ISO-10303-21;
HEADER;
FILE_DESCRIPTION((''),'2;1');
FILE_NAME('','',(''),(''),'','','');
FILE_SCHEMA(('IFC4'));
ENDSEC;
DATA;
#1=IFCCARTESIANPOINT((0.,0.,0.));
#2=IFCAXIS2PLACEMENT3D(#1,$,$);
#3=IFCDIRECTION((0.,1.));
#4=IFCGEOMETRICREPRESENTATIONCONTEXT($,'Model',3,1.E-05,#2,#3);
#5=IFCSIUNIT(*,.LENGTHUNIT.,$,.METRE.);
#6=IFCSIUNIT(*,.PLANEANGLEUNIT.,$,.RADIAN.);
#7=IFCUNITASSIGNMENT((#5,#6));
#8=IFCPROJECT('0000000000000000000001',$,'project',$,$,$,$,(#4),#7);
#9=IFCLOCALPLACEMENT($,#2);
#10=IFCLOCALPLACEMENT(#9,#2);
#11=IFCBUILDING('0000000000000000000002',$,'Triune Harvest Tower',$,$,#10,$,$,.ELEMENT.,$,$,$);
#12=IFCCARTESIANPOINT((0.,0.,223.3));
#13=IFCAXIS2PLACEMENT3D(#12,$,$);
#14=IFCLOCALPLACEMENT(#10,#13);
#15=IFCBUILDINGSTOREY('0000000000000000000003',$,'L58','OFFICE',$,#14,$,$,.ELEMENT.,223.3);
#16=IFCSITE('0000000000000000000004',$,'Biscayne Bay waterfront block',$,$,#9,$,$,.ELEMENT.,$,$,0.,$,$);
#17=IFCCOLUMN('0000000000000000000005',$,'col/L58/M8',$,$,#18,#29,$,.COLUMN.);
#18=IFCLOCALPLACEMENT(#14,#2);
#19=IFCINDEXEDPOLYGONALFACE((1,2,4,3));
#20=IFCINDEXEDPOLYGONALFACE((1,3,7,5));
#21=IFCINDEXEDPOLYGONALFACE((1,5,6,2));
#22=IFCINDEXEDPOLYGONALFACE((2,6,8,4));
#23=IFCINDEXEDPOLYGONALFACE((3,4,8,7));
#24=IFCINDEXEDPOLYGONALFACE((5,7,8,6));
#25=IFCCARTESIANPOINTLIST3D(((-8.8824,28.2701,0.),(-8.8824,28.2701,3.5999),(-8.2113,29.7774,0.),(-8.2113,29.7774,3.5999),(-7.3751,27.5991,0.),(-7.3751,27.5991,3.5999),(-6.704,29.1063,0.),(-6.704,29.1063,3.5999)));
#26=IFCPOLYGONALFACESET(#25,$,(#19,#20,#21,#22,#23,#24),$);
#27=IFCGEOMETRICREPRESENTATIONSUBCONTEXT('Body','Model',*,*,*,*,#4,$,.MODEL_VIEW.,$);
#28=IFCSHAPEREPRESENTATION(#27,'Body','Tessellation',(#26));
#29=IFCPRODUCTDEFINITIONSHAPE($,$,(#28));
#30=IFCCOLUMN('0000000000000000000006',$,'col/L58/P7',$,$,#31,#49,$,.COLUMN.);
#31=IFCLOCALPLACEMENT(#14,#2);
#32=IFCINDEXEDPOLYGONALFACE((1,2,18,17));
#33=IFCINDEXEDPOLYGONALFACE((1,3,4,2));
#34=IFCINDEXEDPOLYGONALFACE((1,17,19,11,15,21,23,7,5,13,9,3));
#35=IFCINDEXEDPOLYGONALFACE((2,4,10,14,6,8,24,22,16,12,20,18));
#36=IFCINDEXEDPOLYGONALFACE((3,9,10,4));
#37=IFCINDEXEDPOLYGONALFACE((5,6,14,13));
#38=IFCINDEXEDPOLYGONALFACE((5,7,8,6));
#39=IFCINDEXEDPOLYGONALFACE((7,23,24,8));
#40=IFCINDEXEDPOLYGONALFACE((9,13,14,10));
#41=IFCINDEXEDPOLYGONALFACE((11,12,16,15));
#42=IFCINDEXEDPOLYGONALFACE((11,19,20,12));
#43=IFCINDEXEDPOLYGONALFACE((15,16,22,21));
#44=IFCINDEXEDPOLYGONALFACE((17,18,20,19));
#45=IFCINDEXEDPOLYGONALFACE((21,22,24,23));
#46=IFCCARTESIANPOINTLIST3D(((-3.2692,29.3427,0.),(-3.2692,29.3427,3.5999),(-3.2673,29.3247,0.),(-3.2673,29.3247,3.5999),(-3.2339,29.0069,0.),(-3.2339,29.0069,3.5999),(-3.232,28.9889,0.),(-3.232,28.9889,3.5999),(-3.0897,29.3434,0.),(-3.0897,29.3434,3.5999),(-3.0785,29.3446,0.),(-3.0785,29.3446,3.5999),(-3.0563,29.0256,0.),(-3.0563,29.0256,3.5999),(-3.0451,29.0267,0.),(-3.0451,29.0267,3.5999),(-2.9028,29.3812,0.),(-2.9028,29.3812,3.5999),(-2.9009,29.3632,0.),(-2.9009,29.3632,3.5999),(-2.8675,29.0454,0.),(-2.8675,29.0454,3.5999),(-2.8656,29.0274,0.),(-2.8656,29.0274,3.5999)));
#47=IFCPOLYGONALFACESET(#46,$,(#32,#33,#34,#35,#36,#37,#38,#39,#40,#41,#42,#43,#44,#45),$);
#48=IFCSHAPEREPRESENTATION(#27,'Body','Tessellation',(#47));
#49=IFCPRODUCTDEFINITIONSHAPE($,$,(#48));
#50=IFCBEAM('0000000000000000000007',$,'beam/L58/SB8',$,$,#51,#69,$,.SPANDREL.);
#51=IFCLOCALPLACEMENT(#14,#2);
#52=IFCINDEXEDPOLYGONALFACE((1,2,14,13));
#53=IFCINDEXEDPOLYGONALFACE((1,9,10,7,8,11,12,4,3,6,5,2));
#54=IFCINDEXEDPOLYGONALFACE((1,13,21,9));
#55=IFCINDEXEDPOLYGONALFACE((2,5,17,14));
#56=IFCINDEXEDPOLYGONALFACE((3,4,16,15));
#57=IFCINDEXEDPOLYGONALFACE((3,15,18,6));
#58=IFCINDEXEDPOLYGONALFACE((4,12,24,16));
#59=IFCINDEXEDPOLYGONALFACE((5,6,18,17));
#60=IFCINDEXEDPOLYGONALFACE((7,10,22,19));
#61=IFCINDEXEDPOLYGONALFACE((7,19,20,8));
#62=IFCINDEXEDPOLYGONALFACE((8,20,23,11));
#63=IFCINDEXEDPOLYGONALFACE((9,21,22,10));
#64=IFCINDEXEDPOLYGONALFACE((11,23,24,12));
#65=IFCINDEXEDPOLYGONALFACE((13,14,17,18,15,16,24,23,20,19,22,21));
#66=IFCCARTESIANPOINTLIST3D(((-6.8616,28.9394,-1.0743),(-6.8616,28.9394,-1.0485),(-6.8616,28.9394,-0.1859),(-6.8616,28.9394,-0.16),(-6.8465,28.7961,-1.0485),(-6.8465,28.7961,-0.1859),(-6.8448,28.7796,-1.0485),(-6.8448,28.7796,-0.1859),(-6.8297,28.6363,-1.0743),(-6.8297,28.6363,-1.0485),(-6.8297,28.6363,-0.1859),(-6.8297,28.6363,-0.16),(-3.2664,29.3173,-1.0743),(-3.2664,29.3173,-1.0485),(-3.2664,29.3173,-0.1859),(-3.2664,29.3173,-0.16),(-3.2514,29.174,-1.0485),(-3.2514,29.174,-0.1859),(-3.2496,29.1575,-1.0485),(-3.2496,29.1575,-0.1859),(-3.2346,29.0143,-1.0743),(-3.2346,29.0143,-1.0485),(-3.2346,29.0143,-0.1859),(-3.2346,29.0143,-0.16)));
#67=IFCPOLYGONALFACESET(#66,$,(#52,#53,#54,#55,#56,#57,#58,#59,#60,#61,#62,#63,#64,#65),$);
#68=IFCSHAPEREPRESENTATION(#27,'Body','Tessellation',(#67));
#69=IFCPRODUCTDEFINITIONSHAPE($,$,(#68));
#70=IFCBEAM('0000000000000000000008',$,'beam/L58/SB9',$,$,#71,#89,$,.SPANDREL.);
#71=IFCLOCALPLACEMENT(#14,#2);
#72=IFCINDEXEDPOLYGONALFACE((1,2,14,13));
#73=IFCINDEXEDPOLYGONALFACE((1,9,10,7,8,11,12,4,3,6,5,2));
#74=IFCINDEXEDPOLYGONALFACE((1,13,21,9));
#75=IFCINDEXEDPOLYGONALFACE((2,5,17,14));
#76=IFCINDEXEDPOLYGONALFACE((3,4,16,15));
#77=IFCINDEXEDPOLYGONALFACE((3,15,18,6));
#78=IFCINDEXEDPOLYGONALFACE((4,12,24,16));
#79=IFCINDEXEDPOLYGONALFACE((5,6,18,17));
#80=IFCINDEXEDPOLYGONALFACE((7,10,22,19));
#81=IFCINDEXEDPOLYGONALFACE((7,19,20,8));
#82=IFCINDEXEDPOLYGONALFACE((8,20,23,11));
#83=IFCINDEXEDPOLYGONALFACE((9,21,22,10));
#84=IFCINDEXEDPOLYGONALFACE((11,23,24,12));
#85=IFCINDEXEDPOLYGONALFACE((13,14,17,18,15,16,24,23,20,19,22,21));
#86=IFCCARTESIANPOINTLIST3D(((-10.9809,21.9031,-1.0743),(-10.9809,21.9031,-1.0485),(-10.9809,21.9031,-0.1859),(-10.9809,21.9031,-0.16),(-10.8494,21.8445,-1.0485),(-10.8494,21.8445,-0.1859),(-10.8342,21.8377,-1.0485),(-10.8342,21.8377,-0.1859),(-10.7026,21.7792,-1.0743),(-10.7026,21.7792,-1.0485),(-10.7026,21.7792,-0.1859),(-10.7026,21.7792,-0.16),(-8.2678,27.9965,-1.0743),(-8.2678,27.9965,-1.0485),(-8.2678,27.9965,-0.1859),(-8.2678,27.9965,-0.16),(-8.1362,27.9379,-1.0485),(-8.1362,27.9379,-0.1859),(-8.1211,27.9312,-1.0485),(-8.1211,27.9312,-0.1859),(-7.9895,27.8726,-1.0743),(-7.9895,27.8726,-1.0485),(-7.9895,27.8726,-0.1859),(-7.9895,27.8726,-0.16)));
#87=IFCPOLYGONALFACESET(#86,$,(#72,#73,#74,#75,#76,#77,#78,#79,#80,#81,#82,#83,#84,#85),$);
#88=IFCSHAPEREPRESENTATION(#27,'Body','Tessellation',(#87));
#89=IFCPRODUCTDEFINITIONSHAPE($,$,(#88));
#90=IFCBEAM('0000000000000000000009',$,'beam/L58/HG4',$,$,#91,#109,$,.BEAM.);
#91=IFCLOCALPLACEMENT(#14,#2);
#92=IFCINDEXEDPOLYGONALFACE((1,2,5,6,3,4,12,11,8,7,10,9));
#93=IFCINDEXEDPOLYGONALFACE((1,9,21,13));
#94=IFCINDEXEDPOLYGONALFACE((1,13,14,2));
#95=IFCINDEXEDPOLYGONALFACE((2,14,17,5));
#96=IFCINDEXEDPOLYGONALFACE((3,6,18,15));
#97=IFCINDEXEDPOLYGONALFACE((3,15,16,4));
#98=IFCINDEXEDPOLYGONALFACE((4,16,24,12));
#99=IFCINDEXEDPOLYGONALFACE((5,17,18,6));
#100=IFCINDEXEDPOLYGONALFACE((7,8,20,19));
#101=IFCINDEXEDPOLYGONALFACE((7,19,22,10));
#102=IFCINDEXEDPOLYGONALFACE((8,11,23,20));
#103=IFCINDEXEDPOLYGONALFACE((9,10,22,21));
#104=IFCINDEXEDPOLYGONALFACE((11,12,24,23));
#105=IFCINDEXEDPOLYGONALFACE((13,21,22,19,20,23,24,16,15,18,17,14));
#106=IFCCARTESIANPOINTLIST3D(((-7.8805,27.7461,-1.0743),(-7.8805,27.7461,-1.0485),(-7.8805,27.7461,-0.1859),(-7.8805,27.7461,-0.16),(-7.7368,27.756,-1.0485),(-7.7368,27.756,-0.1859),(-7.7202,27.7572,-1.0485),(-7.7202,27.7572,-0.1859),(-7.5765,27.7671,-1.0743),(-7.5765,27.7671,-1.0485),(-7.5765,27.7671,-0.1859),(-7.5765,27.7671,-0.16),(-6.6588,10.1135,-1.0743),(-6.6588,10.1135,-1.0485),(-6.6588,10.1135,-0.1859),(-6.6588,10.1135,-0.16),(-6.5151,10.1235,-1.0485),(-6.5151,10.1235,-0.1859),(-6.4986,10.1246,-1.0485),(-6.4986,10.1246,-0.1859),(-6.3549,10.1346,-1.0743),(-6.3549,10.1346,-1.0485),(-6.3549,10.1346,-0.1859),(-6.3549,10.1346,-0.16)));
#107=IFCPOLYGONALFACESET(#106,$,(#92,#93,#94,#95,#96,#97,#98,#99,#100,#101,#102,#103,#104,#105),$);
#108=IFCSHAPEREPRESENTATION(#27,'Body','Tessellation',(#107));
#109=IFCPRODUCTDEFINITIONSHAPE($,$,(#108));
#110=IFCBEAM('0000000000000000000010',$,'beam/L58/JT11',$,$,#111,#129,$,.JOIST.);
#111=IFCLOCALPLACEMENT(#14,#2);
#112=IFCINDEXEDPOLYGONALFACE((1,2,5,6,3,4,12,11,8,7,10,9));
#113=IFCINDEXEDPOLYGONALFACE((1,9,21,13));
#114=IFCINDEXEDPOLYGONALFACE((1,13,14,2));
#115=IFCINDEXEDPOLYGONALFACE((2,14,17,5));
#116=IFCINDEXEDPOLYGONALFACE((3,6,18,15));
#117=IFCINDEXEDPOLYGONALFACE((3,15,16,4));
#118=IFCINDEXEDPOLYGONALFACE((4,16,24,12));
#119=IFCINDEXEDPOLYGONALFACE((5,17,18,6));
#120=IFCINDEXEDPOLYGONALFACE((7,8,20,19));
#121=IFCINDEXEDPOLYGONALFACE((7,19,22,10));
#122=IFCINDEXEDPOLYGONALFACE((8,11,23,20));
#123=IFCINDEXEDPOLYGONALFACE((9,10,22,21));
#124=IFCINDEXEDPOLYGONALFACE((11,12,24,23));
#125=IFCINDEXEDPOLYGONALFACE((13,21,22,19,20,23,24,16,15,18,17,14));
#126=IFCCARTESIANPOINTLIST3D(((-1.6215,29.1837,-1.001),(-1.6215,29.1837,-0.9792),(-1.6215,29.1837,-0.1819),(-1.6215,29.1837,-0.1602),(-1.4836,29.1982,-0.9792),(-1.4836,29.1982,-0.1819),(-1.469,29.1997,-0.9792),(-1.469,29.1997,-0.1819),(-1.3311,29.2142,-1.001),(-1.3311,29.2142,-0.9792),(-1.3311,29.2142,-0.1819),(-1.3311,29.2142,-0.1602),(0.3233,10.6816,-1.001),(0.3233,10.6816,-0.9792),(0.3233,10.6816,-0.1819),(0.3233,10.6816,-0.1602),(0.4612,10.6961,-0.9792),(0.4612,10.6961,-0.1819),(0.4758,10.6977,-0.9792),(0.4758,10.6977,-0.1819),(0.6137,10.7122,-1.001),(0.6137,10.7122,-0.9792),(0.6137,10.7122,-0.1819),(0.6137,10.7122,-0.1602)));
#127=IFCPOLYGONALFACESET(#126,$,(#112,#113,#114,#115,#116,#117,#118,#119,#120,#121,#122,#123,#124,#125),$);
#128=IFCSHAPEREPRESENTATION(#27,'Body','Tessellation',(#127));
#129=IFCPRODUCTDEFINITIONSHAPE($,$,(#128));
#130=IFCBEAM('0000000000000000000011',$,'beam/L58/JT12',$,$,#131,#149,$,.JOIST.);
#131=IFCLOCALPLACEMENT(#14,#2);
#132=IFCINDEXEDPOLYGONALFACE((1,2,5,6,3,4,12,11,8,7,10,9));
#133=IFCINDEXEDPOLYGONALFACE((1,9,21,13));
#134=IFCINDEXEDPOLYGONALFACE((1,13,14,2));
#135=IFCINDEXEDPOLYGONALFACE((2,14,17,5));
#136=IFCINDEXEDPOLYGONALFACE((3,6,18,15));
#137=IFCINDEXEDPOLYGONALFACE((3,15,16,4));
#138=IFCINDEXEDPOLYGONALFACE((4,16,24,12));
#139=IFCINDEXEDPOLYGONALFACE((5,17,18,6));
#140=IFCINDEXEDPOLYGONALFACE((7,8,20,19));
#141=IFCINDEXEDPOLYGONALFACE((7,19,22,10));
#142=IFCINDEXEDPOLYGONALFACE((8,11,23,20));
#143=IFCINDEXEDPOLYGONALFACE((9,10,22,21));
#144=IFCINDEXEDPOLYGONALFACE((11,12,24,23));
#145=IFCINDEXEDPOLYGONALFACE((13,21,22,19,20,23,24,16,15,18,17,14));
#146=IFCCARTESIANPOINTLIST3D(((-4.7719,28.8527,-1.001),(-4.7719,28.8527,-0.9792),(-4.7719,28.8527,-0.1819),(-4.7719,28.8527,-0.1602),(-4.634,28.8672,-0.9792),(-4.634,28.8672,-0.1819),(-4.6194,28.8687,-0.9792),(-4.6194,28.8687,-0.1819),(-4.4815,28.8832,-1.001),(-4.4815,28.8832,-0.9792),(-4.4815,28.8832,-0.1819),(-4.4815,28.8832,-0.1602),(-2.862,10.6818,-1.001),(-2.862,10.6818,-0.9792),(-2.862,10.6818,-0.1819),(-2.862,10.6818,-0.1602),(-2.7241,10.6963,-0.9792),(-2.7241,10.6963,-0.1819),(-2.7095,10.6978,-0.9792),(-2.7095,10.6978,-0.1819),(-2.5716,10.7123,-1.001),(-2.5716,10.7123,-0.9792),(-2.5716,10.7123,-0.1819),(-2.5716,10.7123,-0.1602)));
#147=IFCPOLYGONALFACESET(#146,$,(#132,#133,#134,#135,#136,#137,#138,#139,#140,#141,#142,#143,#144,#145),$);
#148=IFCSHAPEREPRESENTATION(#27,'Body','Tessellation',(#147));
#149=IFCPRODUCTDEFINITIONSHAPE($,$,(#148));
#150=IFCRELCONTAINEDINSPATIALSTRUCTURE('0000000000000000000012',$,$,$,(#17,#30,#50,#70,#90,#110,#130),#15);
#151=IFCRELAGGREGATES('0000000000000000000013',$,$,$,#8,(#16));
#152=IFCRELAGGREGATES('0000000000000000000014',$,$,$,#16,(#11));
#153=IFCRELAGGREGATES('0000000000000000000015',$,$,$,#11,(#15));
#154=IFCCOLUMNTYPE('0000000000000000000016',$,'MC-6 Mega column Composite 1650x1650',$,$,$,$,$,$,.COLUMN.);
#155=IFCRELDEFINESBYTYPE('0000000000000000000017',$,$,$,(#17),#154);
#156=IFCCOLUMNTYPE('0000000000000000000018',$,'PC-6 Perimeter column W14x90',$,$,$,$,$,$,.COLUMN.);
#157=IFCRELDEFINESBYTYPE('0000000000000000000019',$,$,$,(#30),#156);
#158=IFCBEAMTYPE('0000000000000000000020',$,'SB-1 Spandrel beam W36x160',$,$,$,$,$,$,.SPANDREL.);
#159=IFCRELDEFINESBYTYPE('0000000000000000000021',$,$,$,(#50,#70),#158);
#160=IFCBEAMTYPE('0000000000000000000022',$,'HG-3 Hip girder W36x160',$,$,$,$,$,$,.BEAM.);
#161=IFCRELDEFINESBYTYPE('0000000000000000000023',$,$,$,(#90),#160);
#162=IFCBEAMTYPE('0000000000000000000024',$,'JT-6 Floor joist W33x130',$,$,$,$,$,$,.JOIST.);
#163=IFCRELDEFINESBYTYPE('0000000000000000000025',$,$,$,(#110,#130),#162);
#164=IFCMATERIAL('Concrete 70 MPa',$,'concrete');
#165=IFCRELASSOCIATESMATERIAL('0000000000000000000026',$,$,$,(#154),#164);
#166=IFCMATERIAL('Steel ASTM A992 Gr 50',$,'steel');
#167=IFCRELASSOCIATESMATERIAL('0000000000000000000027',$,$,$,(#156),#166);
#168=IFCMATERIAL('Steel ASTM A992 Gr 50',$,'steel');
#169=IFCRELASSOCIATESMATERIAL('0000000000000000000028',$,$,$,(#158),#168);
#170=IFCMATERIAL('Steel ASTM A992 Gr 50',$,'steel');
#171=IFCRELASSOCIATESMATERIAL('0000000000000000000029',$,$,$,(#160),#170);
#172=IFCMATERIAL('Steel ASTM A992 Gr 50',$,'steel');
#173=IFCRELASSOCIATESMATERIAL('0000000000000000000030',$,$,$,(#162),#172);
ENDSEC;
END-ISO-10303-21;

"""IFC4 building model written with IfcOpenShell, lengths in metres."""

from ifc_helpers import new_model, si_unit, direction, frame, origin, origin_2d, place, context, subcontext, project, spatial, rectangle, i_section, extrude, source, transform, mapped, material, material_profile, profile_set, type_object, element, save


model = new_model("IFC4")

# Units and contexts
model_context = context("Model", 3, precision=1e-05, world=origin(), true_north=direction((0.0, 1.0)))
body_context = subcontext(model_context, "Body", "Model", "MODEL_VIEW")
ifc_project = project(units=[si_unit("LENGTHUNIT", "METRE"), si_unit("PLANEANGLEUNIT", "RADIAN")], contexts=[model_context])

# Site, building, storey
site_placement = place(None, origin())
site = spatial("IfcSite", under=ifc_project, at=site_placement, Name="Biscayne Bay waterfront block", CompositionType="ELEMENT", RefElevation=0.0)
building_placement = place(site_placement, origin())
building = spatial("IfcBuilding", under=site, at=building_placement, Name="Triune Harvest Tower", CompositionType="ELEMENT")
storey_placement = place(building_placement, frame((0.0, 0.0, 223.3)))
storey = spatial("IfcBuildingStorey", under=building, at=storey_placement, Name="L58", Description="OFFICE", CompositionType="ELEMENT", Elevation=223.3)

# Columns
ifc_material_1 = material(Name="Concrete 70 MPa", Category="concrete")
ifc_material_profile_1 = material_profile(ifc_material_1, rectangle(XDim=1.6499, YDim=1.6499, at=origin_2d()), Name="Composite 1650x1650")
ifc_profile_set_1 = profile_set([ifc_material_profile_1], Name="Concrete 70 MPa")
column_type_1 = type_object("IfcColumnType", Name="MC-6 Mega column Composite 1650x1650", PredefinedType="COLUMN", material=ifc_profile_set_1)
shared_shape_1 = source(origin(), body_context, "Body", "SweptSolid", [
    extrude(rectangle(XDim=1.6499, YDim=1.6499, at=origin_2d()), origin(), (0.0, 0.0, 1.0), 3.5999),
])
column_1_placement = place(storey_placement, frame((-7.7932, 28.6882, 0.0), z_axis=(0.0, 0.0, 1.0), x_axis=(-0.406738, -0.913545, 0.0)))
element("IfcColumn", 1, at=column_1_placement, inside=storey, type_object=column_type_1, Name="col/L58/M8", PredefinedType="COLUMN", context=body_context, shape_type="MappedRepresentation", body=[
    mapped(shared_shape_1, transform((0.0, 0.0, 0.0), scale=1.0)),
])
ifc_material_2 = material(Name="Steel ASTM A992 Gr 50", Category="steel")
ifc_material_profile_2 = material_profile(ifc_material_2, i_section(OverallWidth=0.3684, OverallDepth=0.3557, WebThickness=0.0112, FlangeThickness=0.0181, at=origin_2d()), Name="W14x90")
ifc_profile_set_2 = profile_set([ifc_material_profile_2], Name="Steel ASTM A992 Gr 50")
column_type_2 = type_object("IfcColumnType", Name="PC-6 Perimeter column W14x90", PredefinedType="COLUMN", material=ifc_profile_set_2)
shared_shape_2 = source(origin(), body_context, "Body", "SweptSolid", [
    extrude(i_section(OverallWidth=0.3684, OverallDepth=0.3557, WebThickness=0.0112, FlangeThickness=0.0181, at=origin_2d()), origin(), (0.0, 0.0, 1.0), 3.5999),
])
column_2_placement = place(storey_placement, frame((-3.0674, 29.1851, 0.0), z_axis=(0.0, 0.0, 1.0), x_axis=(-0.994522, -0.104528, 0.0)))
element("IfcColumn", 2, at=column_2_placement, inside=storey, type_object=column_type_2, Name="col/L58/P7", PredefinedType="COLUMN", context=body_context, shape_type="MappedRepresentation", body=[
    mapped(shared_shape_2, transform((0.0, 0.0, 0.0), scale=1.0)),
])

# Beams
ifc_material_3 = material(Name="Steel ASTM A992 Gr 50", Category="steel")
ifc_material_profile_3 = material_profile(ifc_material_3, i_section(OverallWidth=0.3047, OverallDepth=0.9143, WebThickness=0.0166, FlangeThickness=0.0259, at=origin_2d()), Name="W36x160")
ifc_profile_set_3 = profile_set([ifc_material_profile_3], Name="Steel ASTM A992 Gr 50")
beam_type_1 = type_object("IfcBeamType", Name="SB-1 Spandrel beam W36x160", PredefinedType="SPANDREL", material=ifc_profile_set_3)
shared_shape_3 = source(origin(), body_context, "Body", "SweptSolid", [
    extrude(i_section(OverallWidth=0.3047, OverallDepth=0.9143, WebThickness=0.0166, FlangeThickness=0.0259, at=origin_2d()), origin(), (0.0, 0.0, 1.0), 3.615),
])
beam_1_placement = place(storey_placement, frame((-3.2505, 29.1658, -0.6172), z_axis=(-0.99452, -0.104544, 0.0), x_axis=(0.104544, -0.99452, 0.0)))
element("IfcBeam", 3, at=beam_1_placement, inside=storey, type_object=beam_type_1, Name="beam/L58/SB8", PredefinedType="SPANDREL", context=body_context, shape_type="MappedRepresentation", body=[
    mapped(shared_shape_3, transform((0.0, 0.0, 0.0), scale=1.0)),
])
shared_shape_4 = source(origin(), body_context, "Body", "SweptSolid", [
    extrude(i_section(OverallWidth=0.3047, OverallDepth=0.9143, WebThickness=0.0166, FlangeThickness=0.0259, at=origin_2d()), origin(), (0.0, 0.0, 1.0), 6.6702),
])
beam_2_placement = place(storey_placement, frame((-8.1287, 27.9346, -0.6172), z_axis=(-0.406753, -0.913538, 0.0), x_axis=(0.913538, -0.406753, 0.0)))
element("IfcBeam", 4, at=beam_2_placement, inside=storey, type_object=beam_type_1, Name="beam/L58/SB9", PredefinedType="SPANDREL", context=body_context, shape_type="MappedRepresentation", body=[
    mapped(shared_shape_4, transform((0.0, 0.0, 0.0), scale=1.0)),
])
ifc_material_4 = material(Name="Steel ASTM A992 Gr 50", Category="steel")
ifc_material_profile_4 = material_profile(ifc_material_4, i_section(OverallWidth=0.3047, OverallDepth=0.9143, WebThickness=0.0166, FlangeThickness=0.0259, at=origin_2d()), Name="W36x160")
ifc_profile_set_4 = profile_set([ifc_material_profile_4], Name="Steel ASTM A992 Gr 50")
beam_type_2 = type_object("IfcBeamType", Name="HG-3 Hip girder W36x160", PredefinedType="BEAM", material=ifc_profile_set_4)
shared_shape_5 = source(origin(), body_context, "Body", "SweptSolid", [
    extrude(i_section(OverallWidth=0.3047, OverallDepth=0.9143, WebThickness=0.0166, FlangeThickness=0.0259, at=origin_2d()), origin(), (0.0, 0.0, 1.0), 17.6748),
])
beam_3_placement = place(storey_placement, frame((-7.7285, 27.7566, -0.6172), z_axis=(0.06912, -0.997608, 0.0), x_axis=(0.997608, 0.06912, 0.0)))
element("IfcBeam", 5, at=beam_3_placement, inside=storey, type_object=beam_type_2, Name="beam/L58/HG4", PredefinedType="BEAM", context=body_context, shape_type="MappedRepresentation", body=[
    mapped(shared_shape_5, transform((0.0, 0.0, 0.0), scale=1.0)),
])
ifc_material_5 = material(Name="Steel ASTM A992 Gr 50", Category="steel")
ifc_material_profile_5 = material_profile(ifc_material_5, i_section(OverallWidth=0.292, OverallDepth=0.8408, WebThickness=0.0146, FlangeThickness=0.0217, at=origin_2d()), Name="W33x130")
ifc_profile_set_5 = profile_set([ifc_material_profile_5], Name="Steel ASTM A992 Gr 50")
beam_type_3 = type_object("IfcBeamType", Name="JT-6 Floor joist W33x130", PredefinedType="JOIST", material=ifc_profile_set_5)
shared_shape_6 = source(origin(), body_context, "Body", "SweptSolid", [
    extrude(i_section(OverallWidth=0.292, OverallDepth=0.8408, WebThickness=0.0146, FlangeThickness=0.0217, at=origin_2d()), origin(), (0.0, 0.0, 1.0), 18.604),
])
beam_4_placement = place(storey_placement, frame((-1.4763, 29.199, -0.5806), z_axis=(0.104539, -0.994521, 0.0), x_axis=(0.994521, 0.104539, 0.0)))
element("IfcBeam", 6, at=beam_4_placement, inside=storey, type_object=beam_type_3, Name="beam/L58/JT11", PredefinedType="JOIST", context=body_context, shape_type="MappedRepresentation", body=[
    mapped(shared_shape_6, transform((0.0, 0.0, 0.0), scale=1.0)),
])
shared_shape_7 = source(origin(), body_context, "Body", "SweptSolid", [
    extrude(i_section(OverallWidth=0.292, OverallDepth=0.8408, WebThickness=0.0146, FlangeThickness=0.0217, at=origin_2d()), origin(), (0.0, 0.0, 1.0), 18.271),
])
beam_5_placement = place(storey_placement, frame((-4.6267, 28.8679, -0.5806), z_axis=(0.104532, -0.994521, 0.0), x_axis=(0.994521, 0.104532, 0.0)))
element("IfcBeam", 7, at=beam_5_placement, inside=storey, type_object=beam_type_3, Name="beam/L58/JT12", PredefinedType="JOIST", context=body_context, shape_type="MappedRepresentation", body=[
    mapped(shared_shape_7, transform((0.0, 0.0, 0.0), scale=1.0)),
])

save(model, "model.ifc")
